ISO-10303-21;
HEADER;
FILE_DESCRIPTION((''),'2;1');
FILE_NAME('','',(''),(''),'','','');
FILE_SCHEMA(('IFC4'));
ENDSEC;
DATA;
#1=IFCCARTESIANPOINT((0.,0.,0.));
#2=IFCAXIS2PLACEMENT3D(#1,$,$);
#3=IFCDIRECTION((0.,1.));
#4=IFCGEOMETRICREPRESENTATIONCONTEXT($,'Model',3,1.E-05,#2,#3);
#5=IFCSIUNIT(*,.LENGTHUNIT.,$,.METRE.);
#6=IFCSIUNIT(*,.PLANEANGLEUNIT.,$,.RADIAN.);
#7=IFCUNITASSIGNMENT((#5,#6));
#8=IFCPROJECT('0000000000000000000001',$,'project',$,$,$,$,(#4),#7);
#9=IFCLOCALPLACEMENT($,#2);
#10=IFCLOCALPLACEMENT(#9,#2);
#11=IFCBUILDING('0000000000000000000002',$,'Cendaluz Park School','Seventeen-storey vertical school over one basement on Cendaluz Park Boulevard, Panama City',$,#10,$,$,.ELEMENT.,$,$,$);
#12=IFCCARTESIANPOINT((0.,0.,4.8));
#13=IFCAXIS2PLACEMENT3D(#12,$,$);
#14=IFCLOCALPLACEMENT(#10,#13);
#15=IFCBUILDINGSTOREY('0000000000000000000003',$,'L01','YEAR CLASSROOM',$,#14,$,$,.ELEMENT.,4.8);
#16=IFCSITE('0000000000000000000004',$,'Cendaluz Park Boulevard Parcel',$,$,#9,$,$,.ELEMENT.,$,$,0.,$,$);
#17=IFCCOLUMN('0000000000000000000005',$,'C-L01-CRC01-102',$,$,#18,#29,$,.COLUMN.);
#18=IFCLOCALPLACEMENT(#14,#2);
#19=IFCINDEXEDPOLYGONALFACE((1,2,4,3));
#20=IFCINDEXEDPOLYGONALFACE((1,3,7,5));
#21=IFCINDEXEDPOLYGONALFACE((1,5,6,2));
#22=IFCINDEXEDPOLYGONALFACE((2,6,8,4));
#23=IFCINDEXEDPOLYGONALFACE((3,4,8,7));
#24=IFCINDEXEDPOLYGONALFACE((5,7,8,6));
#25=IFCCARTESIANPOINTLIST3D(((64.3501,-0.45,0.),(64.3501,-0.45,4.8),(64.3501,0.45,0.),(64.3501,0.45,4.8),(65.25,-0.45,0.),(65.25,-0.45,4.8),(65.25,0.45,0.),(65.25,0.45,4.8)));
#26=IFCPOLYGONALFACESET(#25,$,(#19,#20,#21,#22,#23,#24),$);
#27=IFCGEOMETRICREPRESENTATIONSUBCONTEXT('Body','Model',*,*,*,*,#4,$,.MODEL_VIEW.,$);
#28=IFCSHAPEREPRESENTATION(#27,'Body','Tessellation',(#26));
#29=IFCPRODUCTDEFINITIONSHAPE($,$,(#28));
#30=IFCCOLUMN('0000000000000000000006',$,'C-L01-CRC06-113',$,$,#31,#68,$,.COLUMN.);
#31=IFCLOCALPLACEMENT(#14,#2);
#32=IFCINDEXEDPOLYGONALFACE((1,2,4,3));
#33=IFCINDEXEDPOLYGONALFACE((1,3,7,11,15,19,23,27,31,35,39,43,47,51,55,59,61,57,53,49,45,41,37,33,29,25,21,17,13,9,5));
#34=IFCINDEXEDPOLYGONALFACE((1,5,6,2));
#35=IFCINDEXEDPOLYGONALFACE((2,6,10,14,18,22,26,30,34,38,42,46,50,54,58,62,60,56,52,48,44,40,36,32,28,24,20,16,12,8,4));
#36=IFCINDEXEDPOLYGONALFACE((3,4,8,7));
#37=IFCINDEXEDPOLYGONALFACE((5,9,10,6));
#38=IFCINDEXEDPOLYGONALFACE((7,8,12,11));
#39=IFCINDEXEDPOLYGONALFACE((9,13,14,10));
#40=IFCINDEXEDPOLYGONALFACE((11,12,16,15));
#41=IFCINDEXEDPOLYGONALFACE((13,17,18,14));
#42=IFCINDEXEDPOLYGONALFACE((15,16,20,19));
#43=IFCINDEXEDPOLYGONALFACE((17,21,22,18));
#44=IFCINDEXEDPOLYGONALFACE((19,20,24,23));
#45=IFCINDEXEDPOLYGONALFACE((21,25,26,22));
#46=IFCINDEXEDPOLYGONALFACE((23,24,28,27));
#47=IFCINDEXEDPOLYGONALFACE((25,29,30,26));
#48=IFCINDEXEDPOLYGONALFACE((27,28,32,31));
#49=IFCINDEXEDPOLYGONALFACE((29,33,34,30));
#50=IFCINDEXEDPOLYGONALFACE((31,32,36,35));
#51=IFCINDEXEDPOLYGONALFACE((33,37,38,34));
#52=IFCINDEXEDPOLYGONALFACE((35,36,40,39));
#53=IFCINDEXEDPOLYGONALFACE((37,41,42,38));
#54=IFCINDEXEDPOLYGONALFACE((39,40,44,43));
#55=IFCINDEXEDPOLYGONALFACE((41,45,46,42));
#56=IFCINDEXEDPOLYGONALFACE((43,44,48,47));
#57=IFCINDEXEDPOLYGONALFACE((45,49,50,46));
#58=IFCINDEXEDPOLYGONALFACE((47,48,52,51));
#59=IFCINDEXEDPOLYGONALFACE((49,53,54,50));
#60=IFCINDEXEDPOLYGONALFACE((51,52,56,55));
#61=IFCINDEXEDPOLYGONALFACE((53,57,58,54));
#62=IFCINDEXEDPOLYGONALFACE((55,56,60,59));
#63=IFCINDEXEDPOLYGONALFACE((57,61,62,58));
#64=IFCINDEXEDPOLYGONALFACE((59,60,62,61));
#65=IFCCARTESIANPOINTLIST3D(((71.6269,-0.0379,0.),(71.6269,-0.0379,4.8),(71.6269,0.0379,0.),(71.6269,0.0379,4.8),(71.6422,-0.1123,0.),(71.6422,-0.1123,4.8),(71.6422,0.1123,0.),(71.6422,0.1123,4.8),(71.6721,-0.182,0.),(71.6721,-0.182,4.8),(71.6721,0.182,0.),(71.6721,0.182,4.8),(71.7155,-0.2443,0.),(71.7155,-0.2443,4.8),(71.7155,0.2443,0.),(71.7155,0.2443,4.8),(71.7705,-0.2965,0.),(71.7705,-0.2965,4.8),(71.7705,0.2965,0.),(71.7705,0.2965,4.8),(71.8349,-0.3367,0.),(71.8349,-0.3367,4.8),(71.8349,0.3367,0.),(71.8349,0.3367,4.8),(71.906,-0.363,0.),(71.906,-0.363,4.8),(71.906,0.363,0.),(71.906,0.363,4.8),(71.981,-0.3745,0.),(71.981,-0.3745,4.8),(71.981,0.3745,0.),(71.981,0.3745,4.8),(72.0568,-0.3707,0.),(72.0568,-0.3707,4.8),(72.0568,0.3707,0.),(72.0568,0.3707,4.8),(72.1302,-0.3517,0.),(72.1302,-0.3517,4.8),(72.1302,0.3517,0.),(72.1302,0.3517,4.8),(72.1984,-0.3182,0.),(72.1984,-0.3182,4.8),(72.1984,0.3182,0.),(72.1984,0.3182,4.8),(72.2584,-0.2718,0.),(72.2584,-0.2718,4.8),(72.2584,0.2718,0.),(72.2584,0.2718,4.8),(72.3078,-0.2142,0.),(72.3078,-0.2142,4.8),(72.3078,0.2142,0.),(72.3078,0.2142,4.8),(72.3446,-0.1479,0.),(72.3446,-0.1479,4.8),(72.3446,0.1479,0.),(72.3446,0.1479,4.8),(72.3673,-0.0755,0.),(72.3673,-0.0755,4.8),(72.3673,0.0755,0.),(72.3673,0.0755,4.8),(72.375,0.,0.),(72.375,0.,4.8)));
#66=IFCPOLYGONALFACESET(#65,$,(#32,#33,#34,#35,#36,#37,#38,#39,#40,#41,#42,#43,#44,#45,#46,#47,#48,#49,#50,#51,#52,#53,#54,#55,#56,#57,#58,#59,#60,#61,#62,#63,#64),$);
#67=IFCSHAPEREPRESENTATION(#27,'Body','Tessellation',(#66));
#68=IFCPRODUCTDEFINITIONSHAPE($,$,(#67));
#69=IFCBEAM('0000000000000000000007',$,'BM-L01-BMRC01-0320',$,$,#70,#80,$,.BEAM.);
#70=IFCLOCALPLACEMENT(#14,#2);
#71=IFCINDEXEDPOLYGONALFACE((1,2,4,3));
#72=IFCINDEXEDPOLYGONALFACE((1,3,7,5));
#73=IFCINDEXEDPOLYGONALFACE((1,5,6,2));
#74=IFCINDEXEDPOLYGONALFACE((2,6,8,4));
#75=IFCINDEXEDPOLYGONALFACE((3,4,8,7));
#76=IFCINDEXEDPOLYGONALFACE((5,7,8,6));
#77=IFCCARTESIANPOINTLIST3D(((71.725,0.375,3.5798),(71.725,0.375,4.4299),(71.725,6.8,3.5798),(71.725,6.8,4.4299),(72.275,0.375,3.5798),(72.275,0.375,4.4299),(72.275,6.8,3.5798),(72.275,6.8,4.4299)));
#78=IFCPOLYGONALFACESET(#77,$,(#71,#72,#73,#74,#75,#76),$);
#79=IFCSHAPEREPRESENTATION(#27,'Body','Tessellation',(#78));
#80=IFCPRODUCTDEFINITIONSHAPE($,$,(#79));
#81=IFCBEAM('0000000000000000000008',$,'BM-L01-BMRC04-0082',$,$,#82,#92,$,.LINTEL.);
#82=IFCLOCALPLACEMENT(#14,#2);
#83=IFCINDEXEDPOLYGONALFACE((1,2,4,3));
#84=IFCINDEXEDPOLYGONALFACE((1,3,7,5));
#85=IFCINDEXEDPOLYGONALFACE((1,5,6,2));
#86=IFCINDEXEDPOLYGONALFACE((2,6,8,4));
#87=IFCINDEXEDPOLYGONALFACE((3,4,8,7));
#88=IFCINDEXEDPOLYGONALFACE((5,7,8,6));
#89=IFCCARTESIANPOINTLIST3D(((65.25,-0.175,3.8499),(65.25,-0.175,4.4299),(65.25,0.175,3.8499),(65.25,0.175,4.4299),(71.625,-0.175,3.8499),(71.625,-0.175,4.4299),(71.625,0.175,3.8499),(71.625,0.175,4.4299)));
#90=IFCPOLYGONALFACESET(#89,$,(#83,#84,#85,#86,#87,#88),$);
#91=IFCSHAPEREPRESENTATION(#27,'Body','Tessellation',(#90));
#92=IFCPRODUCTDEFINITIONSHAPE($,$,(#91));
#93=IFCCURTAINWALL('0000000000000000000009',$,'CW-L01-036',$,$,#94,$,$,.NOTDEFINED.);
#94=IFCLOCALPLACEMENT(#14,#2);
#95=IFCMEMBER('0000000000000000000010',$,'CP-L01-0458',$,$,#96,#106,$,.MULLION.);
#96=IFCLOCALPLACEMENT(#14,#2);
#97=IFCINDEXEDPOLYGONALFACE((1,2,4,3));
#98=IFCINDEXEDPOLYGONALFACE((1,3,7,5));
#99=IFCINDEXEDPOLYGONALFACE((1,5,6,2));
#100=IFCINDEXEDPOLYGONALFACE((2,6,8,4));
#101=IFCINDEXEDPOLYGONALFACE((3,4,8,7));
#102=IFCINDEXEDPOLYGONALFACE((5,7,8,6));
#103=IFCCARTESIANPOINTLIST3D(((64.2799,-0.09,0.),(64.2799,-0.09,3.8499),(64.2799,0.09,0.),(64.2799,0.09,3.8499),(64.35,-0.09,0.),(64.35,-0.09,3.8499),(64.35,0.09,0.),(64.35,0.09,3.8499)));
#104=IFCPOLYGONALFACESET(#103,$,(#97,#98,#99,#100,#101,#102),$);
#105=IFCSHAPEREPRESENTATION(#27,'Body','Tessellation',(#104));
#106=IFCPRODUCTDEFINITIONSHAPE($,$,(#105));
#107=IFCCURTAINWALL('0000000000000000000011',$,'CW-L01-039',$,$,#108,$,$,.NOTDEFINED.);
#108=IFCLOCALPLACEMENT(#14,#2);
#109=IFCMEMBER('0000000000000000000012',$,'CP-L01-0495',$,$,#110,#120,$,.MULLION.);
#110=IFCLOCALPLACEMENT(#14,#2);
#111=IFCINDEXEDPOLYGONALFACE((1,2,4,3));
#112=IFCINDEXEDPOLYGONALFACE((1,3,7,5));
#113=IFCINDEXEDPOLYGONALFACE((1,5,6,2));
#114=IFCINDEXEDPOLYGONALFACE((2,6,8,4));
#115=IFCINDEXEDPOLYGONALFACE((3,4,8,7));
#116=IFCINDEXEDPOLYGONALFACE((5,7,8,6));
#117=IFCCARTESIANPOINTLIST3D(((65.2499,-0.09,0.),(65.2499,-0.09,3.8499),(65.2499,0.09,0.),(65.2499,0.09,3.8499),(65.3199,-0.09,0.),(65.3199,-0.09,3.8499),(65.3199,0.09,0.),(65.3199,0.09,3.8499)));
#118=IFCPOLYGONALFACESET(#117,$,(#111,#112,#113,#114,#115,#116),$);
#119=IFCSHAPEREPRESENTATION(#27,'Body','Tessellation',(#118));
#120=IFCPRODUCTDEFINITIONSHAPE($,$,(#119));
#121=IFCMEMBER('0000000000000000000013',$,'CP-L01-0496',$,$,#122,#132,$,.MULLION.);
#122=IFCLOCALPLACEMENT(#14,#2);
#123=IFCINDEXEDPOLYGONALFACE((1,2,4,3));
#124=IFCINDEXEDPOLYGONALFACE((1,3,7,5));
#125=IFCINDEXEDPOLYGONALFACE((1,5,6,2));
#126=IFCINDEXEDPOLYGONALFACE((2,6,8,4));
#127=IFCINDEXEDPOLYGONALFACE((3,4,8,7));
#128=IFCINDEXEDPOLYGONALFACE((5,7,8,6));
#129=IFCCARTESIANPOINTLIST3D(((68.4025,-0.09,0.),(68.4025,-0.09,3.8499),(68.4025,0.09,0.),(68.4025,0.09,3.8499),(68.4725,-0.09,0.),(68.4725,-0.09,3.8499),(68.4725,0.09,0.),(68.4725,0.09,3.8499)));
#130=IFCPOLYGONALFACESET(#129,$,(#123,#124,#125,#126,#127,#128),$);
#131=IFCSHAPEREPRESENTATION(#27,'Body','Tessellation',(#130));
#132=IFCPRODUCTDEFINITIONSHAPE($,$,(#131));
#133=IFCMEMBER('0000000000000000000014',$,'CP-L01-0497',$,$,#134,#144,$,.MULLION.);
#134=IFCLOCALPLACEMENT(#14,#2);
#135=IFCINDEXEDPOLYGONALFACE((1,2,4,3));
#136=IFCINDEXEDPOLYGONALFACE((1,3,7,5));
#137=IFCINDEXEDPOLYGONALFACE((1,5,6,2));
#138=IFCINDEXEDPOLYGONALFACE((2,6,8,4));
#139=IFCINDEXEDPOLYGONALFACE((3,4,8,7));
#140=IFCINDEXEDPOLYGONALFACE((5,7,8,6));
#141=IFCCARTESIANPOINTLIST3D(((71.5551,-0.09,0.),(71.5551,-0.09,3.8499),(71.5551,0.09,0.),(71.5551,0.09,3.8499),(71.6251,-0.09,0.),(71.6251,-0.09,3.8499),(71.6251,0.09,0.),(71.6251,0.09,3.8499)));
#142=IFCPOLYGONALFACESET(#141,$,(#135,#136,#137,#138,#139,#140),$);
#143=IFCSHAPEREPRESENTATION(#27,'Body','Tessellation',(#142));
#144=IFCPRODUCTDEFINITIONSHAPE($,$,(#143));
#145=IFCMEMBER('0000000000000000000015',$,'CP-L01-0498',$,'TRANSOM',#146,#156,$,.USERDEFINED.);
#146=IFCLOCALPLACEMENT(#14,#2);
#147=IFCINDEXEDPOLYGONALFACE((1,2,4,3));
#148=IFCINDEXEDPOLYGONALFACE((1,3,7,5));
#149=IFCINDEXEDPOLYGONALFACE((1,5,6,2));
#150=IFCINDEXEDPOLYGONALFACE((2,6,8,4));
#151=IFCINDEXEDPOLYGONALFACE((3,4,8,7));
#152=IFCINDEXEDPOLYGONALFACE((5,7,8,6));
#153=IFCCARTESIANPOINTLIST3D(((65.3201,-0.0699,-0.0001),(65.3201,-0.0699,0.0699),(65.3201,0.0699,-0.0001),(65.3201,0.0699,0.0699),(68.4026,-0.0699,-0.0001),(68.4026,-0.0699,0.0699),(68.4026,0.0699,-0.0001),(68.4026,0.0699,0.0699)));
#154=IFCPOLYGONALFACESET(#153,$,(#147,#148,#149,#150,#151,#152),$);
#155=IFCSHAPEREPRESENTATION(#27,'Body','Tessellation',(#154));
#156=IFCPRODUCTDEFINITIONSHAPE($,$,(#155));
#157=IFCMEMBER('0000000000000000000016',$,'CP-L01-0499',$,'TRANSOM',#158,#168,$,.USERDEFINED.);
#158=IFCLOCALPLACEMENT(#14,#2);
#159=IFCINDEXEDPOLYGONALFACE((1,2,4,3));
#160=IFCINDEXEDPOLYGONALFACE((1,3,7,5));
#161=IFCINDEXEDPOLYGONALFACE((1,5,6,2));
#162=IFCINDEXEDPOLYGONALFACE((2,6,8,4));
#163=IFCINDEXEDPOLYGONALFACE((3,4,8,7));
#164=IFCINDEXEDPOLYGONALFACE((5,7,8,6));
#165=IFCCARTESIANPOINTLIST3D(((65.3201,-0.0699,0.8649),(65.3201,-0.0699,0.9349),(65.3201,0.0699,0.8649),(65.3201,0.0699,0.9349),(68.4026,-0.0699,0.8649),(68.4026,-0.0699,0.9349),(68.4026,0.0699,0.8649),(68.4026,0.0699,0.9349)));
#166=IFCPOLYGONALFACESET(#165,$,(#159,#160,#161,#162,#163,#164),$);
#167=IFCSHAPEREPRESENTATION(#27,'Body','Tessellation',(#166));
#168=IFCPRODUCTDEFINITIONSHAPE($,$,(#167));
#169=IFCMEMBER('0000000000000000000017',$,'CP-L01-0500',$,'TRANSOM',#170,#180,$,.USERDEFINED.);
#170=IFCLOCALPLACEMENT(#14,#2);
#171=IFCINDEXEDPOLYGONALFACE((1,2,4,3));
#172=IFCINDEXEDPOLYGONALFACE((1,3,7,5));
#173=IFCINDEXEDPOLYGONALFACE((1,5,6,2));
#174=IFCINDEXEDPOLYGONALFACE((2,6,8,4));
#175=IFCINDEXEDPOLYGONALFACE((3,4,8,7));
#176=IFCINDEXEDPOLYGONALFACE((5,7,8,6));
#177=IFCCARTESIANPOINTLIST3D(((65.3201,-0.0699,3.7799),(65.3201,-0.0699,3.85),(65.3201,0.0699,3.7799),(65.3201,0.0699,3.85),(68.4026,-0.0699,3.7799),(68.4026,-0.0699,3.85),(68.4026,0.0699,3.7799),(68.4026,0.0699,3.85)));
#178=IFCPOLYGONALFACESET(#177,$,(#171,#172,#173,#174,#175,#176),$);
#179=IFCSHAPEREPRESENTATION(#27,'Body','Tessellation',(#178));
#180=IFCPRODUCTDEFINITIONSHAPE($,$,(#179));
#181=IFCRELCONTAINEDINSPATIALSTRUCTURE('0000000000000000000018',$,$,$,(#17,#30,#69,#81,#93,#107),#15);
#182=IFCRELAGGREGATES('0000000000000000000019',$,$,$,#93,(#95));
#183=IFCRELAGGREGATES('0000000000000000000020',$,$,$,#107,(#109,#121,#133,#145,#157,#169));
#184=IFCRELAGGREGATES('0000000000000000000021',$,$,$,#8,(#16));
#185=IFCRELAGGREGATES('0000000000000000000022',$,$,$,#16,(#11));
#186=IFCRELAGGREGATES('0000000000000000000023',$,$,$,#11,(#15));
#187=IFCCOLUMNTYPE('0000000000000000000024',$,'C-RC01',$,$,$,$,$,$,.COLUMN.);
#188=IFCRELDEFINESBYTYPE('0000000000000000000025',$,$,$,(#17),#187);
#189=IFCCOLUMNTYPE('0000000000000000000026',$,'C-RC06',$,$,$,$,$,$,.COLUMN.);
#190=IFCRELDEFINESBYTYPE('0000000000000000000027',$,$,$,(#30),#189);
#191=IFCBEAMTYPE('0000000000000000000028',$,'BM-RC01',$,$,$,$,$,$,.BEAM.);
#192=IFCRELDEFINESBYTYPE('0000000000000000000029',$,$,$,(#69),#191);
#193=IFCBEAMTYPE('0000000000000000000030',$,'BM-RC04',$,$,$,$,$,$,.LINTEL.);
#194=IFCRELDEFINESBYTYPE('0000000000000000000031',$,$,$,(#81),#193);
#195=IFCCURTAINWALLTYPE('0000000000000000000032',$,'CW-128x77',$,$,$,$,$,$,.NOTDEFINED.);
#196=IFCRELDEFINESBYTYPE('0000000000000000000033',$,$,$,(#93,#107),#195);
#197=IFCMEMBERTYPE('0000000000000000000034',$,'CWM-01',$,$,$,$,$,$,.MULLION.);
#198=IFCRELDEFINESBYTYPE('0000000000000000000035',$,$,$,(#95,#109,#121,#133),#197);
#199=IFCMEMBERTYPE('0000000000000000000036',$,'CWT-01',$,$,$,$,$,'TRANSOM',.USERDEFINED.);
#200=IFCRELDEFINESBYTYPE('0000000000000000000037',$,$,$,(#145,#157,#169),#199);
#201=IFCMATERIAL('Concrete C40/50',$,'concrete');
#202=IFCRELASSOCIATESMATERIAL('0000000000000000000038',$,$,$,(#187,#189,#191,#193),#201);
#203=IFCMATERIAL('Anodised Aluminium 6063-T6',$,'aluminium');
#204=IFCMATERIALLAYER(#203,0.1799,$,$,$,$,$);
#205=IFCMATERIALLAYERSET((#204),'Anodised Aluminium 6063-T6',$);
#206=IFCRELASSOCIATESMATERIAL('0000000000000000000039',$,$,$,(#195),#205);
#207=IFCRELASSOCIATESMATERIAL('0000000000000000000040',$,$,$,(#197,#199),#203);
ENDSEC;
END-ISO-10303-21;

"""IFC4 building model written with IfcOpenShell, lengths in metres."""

from ifc_helpers import new_model, si_unit, direction, frame, origin, origin_2d, place, context, subcontext, project, spatial, rectangle, circle, extrude, material, layer, layer_set, material_profile, profile_set, type_object, element, aggregate, save


model = new_model("IFC4")

# Units and contexts
model_context = context("Model", 3, precision=1e-05, world=origin(), true_north=direction((0.0, 1.0)))
body_context = subcontext(model_context, "Body", "Model", "MODEL_VIEW")
ifc_project = project(units=[si_unit("LENGTHUNIT", "METRE"), si_unit("PLANEANGLEUNIT", "RADIAN")], contexts=[model_context])

# Site, building, storey
site_placement = place(None, origin())
site = spatial("IfcSite", under=ifc_project, at=site_placement, Name="Cendaluz Park Boulevard Parcel", CompositionType="ELEMENT", RefElevation=0.0)
building_placement = place(site_placement, origin())
building = spatial("IfcBuilding", under=site, at=building_placement, Name="Cendaluz Park School", Description="Seventeen-storey vertical school over one basement on Cendaluz Park Boulevard, Panama City", CompositionType="ELEMENT")
storey_placement = place(building_placement, frame((0.0, 0.0, 4.8)))
storey = spatial("IfcBuildingStorey", under=building, at=storey_placement, Name="L01", Description="YEAR CLASSROOM", CompositionType="ELEMENT", Elevation=4.8)

# Columns
ifc_material_1 = material(Name="Concrete C40/50", Category="concrete")
ifc_material_profile_1 = material_profile(ifc_material_1, rectangle(XDim=0.8999, YDim=0.8999, at=origin_2d()), Name="RC 900x900", Category="concrete")
ifc_profile_set_1 = profile_set([ifc_material_profile_1], Name="Concrete C40/50")
column_type_1 = type_object("IfcColumnType", Name="C-RC01", PredefinedType="COLUMN", material=ifc_profile_set_1)
column_1_placement = place(storey_placement, frame((64.8, 0.0, 0.0), z_axis=(0.0, 0.0, 1.0), x_axis=(1.0, 0.0, 0.0)))
element("IfcColumn", 1, at=column_1_placement, inside=storey, type_object=column_type_1, Name="C-L01-CRC01-102", PredefinedType="COLUMN", context=body_context, shape_type="SweptSolid", body=[
    extrude(rectangle(XDim=0.8999, YDim=0.8999, at=origin_2d()), origin(), (0.0, 0.0, 1.0), 4.8),
])
ifc_material_profile_2 = material_profile(ifc_material_1, circle(Radius=0.375, at=origin_2d()), Name="RC D750", Category="concrete")
ifc_profile_set_2 = profile_set([ifc_material_profile_2], Name="Concrete C40/50")
column_type_2 = type_object("IfcColumnType", Name="C-RC06", PredefinedType="COLUMN", material=ifc_profile_set_2)
column_2_placement = place(storey_placement, frame((72.0, 0.0, 0.0), z_axis=(0.0, 0.0, 1.0), x_axis=(1.0, 0.0, 0.0)))
element("IfcColumn", 2, at=column_2_placement, inside=storey, type_object=column_type_2, Name="C-L01-CRC06-113", PredefinedType="COLUMN", context=body_context, shape_type="SweptSolid", body=[
    extrude(circle(Radius=0.375, at=origin_2d()), origin(), (0.0, 0.0, 1.0), 4.8),
])

# Beams
ifc_material_profile_3 = material_profile(ifc_material_1, rectangle(XDim=0.55, YDim=0.8501, at=origin_2d()), Name="RC 550x850", Category="concrete")
ifc_profile_set_3 = profile_set([ifc_material_profile_3], Name="Concrete C40/50")
beam_type_1 = type_object("IfcBeamType", Name="BM-RC01", PredefinedType="BEAM", material=ifc_profile_set_3)
beam_1_placement = place(storey_placement, frame((72.0, 0.375, 4.0049), z_axis=(0.0, 1.0, 0.0), x_axis=(-1.0, 0.0, 0.0)))
element("IfcBeam", 3, at=beam_1_placement, inside=storey, type_object=beam_type_1, Name="BM-L01-BMRC01-0320", PredefinedType="BEAM", context=body_context, shape_type="SweptSolid", body=[
    extrude(rectangle(XDim=0.55, YDim=0.8501, at=origin_2d()), origin(), (0.0, 0.0, 1.0), 6.425),
])
ifc_material_profile_4 = material_profile(ifc_material_1, rectangle(XDim=0.3501, YDim=0.5801, at=origin_2d()), Name="RC 350x580", Category="concrete")
ifc_profile_set_4 = profile_set([ifc_material_profile_4], Name="Concrete C40/50")
beam_type_2 = type_object("IfcBeamType", Name="BM-RC04", PredefinedType="LINTEL", material=ifc_profile_set_4)
beam_2_placement = place(storey_placement, frame((65.25, 0.0, 4.1399), z_axis=(1.0, 0.0, 0.0), x_axis=(0.0, 1.0, 0.0)))
element("IfcBeam", 4, at=beam_2_placement, inside=storey, type_object=beam_type_2, Name="BM-L01-BMRC04-0082", PredefinedType="LINTEL", context=body_context, shape_type="SweptSolid", body=[
    extrude(rectangle(XDim=0.3501, YDim=0.5801, at=origin_2d()), origin(), (0.0, 0.0, 1.0), 6.375),
])

# Curtain wall, member
ifc_material_2 = material(Name="Anodised Aluminium 6063-T6", Category="aluminium")
ifc_layer_1 = layer(ifc_material_2, 0.1799)
ifc_layer_set_1 = layer_set([ifc_layer_1], Name="Anodised Aluminium 6063-T6")
curtain_wall_type = type_object("IfcCurtainWallType", Name="CW-128x77", PredefinedType="NOTDEFINED", material=ifc_layer_set_1)
curtain_wall_1_placement = place(storey_placement, origin())
curtain_wall_1 = element("IfcCurtainWall", 5, at=curtain_wall_1_placement, inside=storey, type_object=curtain_wall_type, Name="CW-L01-036", PredefinedType="NOTDEFINED")
ifc_material_profile_5 = material_profile(ifc_material_2, rectangle(XDim=0.1799, YDim=0.0701, at=origin_2d()), Name="CWM 180x70", Category="aluminium")
ifc_profile_set_5 = profile_set([ifc_material_profile_5], Name="Anodised Aluminium 6063-T6")
member_type_1 = type_object("IfcMemberType", Name="CWM-01", PredefinedType="MULLION", material=ifc_profile_set_5)
member_1_placement = place(storey_placement, frame((64.3149, 0.0, 0.0), z_axis=(0.0, 0.0, 1.0), x_axis=(0.0, 1.0, 0.0)))
member_1 = element("IfcMember", 6, at=member_1_placement, type_object=member_type_1, Name="CP-L01-0458", PredefinedType="MULLION", context=body_context, shape_type="SweptSolid", body=[
    extrude(rectangle(XDim=0.1799, YDim=0.0701, at=origin_2d()), origin(), (0.0, 0.0, 1.0), 3.8499),
])

# Curtain wall, members
curtain_wall_2_placement = place(storey_placement, origin())
curtain_wall_2 = element("IfcCurtainWall", 7, at=curtain_wall_2_placement, inside=storey, type_object=curtain_wall_type, Name="CW-L01-039", PredefinedType="NOTDEFINED")
member_2_placement = place(storey_placement, frame((65.2849, 0.0, 0.0), z_axis=(0.0, 0.0, 1.0), x_axis=(0.0, 1.0, 0.0)))
member_2 = element("IfcMember", 8, at=member_2_placement, type_object=member_type_1, Name="CP-L01-0495", PredefinedType="MULLION", context=body_context, shape_type="SweptSolid", body=[
    extrude(rectangle(XDim=0.1799, YDim=0.0701, at=origin_2d()), origin(), (0.0, 0.0, 1.0), 3.8499),
])
member_3_placement = place(storey_placement, frame((68.4375, 0.0, 0.0), z_axis=(0.0, 0.0, 1.0), x_axis=(0.0, 1.0, 0.0)))
member_3 = element("IfcMember", 9, at=member_3_placement, type_object=member_type_1, Name="CP-L01-0496", PredefinedType="MULLION", context=body_context, shape_type="SweptSolid", body=[
    extrude(rectangle(XDim=0.1799, YDim=0.0701, at=origin_2d()), origin(), (0.0, 0.0, 1.0), 3.8499),
])
member_4_placement = place(storey_placement, frame((71.5901, 0.0, 0.0), z_axis=(0.0, 0.0, 1.0), x_axis=(0.0, 1.0, 0.0)))
member_4 = element("IfcMember", 10, at=member_4_placement, type_object=member_type_1, Name="CP-L01-0497", PredefinedType="MULLION", context=body_context, shape_type="SweptSolid", body=[
    extrude(rectangle(XDim=0.1799, YDim=0.0701, at=origin_2d()), origin(), (0.0, 0.0, 1.0), 3.8499),
])
ifc_material_profile_6 = material_profile(ifc_material_2, rectangle(XDim=0.1399, YDim=0.0701, at=origin_2d()), Name="CWT 140x70", Category="aluminium")
ifc_profile_set_6 = profile_set([ifc_material_profile_6], Name="Anodised Aluminium 6063-T6")
member_type_2 = type_object("IfcMemberType", Name="CWT-01", ElementType="TRANSOM", PredefinedType="USERDEFINED", material=ifc_profile_set_6)
member_5_placement = place(storey_placement, frame((65.3201, 0.0, 0.0349), z_axis=(1.0, 0.0, 0.0), x_axis=(0.0, 1.0, 0.0)))
member_5 = element("IfcMember", 11, at=member_5_placement, type_object=member_type_2, Name="CP-L01-0498", ObjectType="TRANSOM", PredefinedType="USERDEFINED", context=body_context, shape_type="SweptSolid", body=[
    extrude(rectangle(XDim=0.1399, YDim=0.0701, at=origin_2d()), origin(), (0.0, 0.0, 1.0), 3.0825),
])
member_6_placement = place(storey_placement, frame((65.3201, 0.0, 0.8999), z_axis=(1.0, 0.0, 0.0), x_axis=(0.0, 1.0, 0.0)))
member_6 = element("IfcMember", 12, at=member_6_placement, type_object=member_type_2, Name="CP-L01-0499", ObjectType="TRANSOM", PredefinedType="USERDEFINED", context=body_context, shape_type="SweptSolid", body=[
    extrude(rectangle(XDim=0.1399, YDim=0.0701, at=origin_2d()), origin(), (0.0, 0.0, 1.0), 3.0825),
])
member_7_placement = place(storey_placement, frame((65.3201, 0.0, 3.8149), z_axis=(1.0, 0.0, 0.0), x_axis=(0.0, 1.0, 0.0)))
member_7 = element("IfcMember", 13, at=member_7_placement, type_object=member_type_2, Name="CP-L01-0500", ObjectType="TRANSOM", PredefinedType="USERDEFINED", context=body_context, shape_type="SweptSolid", body=[
    extrude(rectangle(XDim=0.1399, YDim=0.0701, at=origin_2d()), origin(), (0.0, 0.0, 1.0), 3.0825),
])

aggregate(curtain_wall_1, [member_1])
aggregate(curtain_wall_2, [member_2, member_3, member_4, member_5, member_6, member_7])

save(model, "model.ifc")
